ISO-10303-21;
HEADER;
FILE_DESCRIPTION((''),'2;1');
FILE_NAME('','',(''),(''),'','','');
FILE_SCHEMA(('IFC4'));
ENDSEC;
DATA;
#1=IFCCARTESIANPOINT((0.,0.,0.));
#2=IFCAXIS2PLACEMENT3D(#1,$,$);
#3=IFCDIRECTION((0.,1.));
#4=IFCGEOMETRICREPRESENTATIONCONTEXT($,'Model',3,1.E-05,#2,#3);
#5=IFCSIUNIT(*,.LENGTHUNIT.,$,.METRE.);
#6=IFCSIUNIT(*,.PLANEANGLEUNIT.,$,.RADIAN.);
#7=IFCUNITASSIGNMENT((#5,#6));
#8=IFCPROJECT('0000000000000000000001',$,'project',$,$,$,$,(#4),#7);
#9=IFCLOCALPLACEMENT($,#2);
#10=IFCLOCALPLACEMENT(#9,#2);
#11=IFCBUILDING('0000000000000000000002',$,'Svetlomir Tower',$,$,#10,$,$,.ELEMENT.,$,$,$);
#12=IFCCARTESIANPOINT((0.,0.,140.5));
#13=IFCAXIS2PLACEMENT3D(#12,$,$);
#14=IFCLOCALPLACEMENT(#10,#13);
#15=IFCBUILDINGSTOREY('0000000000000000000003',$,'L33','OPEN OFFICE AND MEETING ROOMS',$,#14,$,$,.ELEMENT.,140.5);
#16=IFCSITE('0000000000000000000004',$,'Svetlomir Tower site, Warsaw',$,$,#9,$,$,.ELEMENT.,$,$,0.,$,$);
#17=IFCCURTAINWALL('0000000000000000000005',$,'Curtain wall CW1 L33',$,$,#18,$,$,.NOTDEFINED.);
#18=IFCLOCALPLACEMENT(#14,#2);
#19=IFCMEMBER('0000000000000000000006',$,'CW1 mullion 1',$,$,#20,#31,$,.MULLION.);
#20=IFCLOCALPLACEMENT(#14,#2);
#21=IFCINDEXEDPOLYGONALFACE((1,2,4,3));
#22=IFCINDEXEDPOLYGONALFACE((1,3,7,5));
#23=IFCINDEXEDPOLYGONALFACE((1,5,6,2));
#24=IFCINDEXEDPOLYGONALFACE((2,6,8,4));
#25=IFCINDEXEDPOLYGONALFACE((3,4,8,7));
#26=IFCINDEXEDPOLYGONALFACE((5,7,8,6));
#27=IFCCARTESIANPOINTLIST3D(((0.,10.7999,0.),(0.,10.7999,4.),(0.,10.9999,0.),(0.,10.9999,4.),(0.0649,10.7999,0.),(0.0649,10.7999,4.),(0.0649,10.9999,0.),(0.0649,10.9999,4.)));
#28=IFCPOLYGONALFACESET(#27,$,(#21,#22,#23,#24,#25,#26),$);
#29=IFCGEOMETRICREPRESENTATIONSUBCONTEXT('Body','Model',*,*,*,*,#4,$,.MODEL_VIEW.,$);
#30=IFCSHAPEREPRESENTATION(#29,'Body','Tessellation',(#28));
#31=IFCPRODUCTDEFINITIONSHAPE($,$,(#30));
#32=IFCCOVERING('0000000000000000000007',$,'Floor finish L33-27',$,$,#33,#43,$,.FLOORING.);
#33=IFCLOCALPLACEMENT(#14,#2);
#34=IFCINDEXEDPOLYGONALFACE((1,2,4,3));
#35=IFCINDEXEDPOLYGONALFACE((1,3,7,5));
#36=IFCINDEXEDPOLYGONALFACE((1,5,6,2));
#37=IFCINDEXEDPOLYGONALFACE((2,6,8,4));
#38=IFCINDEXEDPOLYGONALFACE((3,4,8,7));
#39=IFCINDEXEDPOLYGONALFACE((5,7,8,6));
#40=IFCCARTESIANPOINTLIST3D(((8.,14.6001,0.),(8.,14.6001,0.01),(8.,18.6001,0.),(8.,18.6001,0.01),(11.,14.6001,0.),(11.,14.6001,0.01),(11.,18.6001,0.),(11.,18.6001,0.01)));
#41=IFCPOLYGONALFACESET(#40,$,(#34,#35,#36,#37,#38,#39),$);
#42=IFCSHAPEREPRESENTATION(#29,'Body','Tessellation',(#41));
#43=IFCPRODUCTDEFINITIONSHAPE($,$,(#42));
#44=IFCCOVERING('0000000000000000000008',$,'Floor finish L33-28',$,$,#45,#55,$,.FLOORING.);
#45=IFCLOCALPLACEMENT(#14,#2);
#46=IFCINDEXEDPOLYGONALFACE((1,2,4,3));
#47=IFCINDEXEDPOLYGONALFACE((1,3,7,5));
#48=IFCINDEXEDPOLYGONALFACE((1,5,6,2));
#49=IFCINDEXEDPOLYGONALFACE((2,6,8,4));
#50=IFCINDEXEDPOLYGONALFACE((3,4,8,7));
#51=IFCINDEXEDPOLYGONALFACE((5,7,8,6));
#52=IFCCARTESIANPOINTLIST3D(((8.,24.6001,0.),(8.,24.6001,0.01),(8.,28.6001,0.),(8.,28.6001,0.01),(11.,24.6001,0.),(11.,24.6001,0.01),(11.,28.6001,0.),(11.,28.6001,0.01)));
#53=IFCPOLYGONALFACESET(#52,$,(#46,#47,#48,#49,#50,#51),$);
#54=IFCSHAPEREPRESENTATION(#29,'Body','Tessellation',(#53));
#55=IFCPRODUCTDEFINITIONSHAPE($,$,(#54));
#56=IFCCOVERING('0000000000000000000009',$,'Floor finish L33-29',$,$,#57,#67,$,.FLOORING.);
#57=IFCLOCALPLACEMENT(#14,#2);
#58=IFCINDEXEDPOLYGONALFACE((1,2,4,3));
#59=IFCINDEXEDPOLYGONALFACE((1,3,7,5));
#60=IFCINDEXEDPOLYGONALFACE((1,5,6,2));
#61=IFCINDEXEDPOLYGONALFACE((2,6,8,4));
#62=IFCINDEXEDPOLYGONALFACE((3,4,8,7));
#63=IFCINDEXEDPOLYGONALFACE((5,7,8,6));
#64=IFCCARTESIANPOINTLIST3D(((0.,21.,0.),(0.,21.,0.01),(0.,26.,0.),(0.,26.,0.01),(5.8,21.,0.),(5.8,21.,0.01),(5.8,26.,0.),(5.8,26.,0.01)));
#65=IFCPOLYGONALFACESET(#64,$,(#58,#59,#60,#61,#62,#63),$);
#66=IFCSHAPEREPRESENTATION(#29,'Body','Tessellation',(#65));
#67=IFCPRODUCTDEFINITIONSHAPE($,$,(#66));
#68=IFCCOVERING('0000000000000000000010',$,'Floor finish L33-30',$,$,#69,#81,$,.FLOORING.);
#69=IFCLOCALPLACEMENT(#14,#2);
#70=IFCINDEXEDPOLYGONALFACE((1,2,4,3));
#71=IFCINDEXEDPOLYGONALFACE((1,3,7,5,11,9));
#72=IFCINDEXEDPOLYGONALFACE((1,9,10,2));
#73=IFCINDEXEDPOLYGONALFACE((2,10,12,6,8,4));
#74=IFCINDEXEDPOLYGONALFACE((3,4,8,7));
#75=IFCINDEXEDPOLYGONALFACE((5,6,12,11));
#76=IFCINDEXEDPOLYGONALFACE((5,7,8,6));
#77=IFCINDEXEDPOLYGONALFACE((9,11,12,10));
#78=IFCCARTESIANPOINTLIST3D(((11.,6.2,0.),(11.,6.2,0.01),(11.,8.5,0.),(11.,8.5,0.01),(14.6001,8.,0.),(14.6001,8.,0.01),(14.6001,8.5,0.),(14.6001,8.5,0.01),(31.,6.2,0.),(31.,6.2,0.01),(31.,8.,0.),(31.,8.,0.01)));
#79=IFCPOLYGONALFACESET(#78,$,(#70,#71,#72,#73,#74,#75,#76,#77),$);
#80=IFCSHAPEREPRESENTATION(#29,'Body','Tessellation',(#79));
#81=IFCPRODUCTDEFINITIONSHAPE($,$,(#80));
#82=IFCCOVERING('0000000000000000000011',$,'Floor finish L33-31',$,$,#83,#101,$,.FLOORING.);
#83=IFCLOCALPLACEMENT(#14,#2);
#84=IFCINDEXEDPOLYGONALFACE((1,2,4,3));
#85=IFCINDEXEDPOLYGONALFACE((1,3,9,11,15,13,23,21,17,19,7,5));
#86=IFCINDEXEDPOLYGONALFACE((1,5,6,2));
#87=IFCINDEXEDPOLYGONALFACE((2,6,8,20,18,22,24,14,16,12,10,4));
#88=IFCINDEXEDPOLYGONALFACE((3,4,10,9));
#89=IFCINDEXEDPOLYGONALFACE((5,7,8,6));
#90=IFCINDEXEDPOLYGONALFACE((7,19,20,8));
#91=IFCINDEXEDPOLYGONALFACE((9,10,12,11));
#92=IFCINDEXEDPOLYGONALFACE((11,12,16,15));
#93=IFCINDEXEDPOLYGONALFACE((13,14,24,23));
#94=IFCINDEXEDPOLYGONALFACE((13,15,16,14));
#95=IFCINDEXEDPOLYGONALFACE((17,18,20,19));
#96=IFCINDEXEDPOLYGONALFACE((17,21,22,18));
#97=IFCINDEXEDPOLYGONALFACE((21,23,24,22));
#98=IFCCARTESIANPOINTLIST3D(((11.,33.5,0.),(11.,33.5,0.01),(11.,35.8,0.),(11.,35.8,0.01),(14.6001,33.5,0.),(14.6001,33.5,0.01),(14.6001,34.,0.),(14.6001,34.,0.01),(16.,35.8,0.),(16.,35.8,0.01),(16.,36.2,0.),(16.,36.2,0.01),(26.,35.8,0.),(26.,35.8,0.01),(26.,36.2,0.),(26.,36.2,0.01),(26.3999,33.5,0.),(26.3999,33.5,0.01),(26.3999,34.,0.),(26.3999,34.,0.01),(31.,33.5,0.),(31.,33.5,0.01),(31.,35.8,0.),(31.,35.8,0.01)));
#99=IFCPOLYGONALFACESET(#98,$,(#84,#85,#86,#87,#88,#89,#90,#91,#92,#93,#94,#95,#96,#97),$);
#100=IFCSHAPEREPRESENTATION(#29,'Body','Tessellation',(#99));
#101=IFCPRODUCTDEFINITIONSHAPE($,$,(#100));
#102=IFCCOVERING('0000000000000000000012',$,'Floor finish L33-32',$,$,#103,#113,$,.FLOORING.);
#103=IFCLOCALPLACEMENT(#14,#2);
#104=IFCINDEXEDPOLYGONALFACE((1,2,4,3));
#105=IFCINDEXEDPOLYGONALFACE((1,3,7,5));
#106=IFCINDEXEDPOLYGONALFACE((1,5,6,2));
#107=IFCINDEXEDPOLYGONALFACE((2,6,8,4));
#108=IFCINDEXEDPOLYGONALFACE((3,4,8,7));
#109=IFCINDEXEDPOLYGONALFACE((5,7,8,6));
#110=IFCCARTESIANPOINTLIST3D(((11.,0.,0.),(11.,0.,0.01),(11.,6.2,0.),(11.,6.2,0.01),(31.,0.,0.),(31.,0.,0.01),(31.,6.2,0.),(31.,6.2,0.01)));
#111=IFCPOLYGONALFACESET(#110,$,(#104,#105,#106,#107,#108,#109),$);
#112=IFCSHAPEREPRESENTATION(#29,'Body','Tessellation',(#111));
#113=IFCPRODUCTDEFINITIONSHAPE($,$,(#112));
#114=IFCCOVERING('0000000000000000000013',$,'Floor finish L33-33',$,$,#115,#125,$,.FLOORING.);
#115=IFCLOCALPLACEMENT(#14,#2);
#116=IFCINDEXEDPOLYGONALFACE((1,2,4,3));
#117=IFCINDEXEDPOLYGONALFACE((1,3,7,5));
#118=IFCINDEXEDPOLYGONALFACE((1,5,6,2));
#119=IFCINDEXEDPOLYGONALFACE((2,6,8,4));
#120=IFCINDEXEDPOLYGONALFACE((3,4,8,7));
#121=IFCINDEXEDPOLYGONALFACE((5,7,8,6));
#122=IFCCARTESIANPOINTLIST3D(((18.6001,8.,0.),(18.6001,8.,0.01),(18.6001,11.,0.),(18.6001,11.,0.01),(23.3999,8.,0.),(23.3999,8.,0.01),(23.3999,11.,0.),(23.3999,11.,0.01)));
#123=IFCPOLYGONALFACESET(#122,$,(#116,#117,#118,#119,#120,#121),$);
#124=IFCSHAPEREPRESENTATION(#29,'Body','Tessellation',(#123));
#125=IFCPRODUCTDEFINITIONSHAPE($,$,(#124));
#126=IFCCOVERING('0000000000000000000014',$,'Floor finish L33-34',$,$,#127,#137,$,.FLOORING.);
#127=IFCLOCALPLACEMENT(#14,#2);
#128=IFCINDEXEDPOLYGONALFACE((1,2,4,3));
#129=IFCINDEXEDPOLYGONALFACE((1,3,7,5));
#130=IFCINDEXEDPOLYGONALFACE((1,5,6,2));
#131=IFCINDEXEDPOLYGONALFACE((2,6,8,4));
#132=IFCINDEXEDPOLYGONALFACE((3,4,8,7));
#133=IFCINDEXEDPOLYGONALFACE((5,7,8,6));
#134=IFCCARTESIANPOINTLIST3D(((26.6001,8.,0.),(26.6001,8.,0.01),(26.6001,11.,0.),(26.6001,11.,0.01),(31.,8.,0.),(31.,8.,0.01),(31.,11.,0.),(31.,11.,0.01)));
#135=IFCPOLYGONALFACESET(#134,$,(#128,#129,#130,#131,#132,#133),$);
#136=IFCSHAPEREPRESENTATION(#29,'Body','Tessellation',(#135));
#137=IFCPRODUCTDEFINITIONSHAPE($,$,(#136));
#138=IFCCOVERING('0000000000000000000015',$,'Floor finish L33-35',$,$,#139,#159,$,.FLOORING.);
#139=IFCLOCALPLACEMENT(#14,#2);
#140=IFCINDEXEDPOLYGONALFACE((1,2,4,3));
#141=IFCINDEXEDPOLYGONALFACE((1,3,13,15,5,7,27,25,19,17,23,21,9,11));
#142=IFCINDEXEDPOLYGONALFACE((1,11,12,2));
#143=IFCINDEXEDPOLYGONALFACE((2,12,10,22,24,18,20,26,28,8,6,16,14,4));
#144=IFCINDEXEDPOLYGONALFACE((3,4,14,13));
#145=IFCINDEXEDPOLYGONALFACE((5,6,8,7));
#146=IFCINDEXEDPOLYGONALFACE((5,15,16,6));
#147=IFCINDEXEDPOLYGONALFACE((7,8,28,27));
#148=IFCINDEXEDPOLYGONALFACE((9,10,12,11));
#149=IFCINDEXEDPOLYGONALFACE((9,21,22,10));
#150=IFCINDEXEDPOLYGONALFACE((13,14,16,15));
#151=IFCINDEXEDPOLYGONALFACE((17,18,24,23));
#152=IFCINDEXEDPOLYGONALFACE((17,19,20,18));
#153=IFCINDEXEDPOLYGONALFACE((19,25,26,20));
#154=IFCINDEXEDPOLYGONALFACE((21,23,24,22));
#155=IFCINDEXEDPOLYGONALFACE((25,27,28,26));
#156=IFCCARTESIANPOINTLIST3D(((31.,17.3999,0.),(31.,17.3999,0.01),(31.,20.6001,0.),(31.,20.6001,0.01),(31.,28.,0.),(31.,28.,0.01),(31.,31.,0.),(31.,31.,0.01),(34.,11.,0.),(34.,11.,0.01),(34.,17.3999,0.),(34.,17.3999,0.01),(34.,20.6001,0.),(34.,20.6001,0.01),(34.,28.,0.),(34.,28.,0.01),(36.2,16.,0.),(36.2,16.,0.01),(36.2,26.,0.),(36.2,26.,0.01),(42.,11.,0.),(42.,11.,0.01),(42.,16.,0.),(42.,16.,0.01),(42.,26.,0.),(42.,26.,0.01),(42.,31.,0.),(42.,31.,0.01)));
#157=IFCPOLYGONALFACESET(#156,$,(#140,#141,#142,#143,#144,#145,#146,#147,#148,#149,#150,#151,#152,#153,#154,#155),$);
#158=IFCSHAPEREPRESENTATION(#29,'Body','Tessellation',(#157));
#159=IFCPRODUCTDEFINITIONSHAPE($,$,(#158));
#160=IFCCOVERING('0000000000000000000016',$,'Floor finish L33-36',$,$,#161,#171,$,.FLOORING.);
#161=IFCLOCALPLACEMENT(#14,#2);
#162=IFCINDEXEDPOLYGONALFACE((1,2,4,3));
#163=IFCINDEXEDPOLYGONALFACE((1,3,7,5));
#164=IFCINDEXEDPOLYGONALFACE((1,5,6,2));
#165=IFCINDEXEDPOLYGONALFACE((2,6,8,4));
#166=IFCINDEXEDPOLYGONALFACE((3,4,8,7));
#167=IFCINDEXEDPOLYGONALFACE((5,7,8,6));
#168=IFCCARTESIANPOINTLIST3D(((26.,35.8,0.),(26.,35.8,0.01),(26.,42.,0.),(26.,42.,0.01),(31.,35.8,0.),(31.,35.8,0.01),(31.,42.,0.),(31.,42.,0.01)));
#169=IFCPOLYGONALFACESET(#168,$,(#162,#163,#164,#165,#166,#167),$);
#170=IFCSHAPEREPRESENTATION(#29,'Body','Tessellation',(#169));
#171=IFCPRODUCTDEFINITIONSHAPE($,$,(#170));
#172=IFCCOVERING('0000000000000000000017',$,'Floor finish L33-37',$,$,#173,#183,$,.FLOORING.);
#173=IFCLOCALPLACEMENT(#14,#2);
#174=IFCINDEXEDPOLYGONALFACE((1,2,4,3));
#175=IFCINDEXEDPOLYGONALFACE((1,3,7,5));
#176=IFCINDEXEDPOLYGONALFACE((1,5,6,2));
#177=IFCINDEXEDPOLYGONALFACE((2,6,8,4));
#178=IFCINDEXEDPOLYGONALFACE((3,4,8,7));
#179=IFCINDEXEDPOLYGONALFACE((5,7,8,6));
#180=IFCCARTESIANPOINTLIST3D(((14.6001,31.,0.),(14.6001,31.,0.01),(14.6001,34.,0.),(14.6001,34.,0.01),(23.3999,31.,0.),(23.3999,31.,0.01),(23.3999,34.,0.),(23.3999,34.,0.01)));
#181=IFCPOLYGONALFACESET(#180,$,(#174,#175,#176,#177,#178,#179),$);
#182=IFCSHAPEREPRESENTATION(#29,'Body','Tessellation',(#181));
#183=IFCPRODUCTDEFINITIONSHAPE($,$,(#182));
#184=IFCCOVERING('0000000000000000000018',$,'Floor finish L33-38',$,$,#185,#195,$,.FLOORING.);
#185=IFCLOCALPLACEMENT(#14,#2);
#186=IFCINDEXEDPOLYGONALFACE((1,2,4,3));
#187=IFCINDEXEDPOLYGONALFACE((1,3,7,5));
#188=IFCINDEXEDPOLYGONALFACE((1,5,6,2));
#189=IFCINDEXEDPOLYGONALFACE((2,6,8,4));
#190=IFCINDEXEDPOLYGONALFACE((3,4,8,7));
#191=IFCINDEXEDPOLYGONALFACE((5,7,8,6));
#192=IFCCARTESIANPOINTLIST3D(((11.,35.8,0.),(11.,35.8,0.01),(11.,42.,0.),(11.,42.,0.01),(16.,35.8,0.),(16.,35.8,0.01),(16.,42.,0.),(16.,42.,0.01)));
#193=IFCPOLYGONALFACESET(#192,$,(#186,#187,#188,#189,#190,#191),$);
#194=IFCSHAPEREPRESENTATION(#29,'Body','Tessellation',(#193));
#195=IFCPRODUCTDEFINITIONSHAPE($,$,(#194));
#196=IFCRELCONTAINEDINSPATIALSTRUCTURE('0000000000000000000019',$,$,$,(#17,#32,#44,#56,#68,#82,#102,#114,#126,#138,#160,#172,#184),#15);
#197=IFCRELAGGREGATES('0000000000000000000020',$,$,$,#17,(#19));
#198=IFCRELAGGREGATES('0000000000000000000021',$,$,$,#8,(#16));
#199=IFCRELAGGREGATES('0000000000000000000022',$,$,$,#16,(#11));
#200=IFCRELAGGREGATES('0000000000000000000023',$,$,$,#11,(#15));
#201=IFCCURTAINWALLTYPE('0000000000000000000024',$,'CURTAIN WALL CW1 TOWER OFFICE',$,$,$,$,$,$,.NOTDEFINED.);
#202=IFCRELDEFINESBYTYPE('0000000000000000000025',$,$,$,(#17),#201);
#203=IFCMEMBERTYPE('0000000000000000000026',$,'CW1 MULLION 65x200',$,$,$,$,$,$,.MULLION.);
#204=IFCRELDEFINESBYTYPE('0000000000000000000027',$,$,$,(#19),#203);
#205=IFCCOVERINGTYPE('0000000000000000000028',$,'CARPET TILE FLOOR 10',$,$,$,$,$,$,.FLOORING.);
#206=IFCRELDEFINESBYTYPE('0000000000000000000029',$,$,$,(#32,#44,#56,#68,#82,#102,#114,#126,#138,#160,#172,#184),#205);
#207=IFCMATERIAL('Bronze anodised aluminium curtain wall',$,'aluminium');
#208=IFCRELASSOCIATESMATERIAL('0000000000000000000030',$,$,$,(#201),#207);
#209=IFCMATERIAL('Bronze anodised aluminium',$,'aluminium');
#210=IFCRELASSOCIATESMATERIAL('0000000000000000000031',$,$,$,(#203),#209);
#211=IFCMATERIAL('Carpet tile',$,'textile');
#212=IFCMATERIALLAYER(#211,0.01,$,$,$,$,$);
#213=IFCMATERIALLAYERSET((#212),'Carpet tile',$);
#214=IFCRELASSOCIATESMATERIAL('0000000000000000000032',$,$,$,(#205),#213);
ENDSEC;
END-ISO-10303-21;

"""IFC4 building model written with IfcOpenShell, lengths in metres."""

from ifc_helpers import new_model, si_unit, direction, frame, origin, origin_2d, place, context, subcontext, project, spatial, polyline, rectangle, outline, extrude, material, layer, layer_set, material_profile, profile_set, type_object, element, aggregate, save


model = new_model("IFC4")

# Units and contexts
model_context = context("Model", 3, precision=1e-05, world=origin(), true_north=direction((0.0, 1.0)))
body_context = subcontext(model_context, "Body", "Model", "MODEL_VIEW")
ifc_project = project(units=[si_unit("LENGTHUNIT", "METRE"), si_unit("PLANEANGLEUNIT", "RADIAN")], contexts=[model_context])

# Site, building, storey
site_placement = place(None, origin())
site = spatial("IfcSite", under=ifc_project, at=site_placement, Name="Svetlomir Tower site, Warsaw", CompositionType="ELEMENT", RefElevation=0.0)
building_placement = place(site_placement, origin())
building = spatial("IfcBuilding", under=site, at=building_placement, Name="Svetlomir Tower", CompositionType="ELEMENT")
storey_placement = place(building_placement, frame((0.0, 0.0, 140.5)))
storey = spatial("IfcBuildingStorey", under=building, at=storey_placement, Name="L33", Description="OPEN OFFICE AND MEETING ROOMS", CompositionType="ELEMENT", Elevation=140.5)

# Curtain wall, member
ifc_material_1 = material(Name="Bronze anodised aluminium curtain wall", Category="aluminium")
curtain_wall_type = type_object("IfcCurtainWallType", Name="CURTAIN WALL CW1 TOWER OFFICE", PredefinedType="NOTDEFINED", material=ifc_material_1)
curtain_wall_placement = place(storey_placement, origin())
curtain_wall = element("IfcCurtainWall", 1, at=curtain_wall_placement, inside=storey, type_object=curtain_wall_type, Name="Curtain wall CW1 L33", PredefinedType="NOTDEFINED")
ifc_material_2 = material(Name="Bronze anodised aluminium", Category="aluminium")
ifc_material_profile = material_profile(ifc_material_2, rectangle(XDim=0.0649, YDim=0.2, at=origin_2d()), Name="AL 65x200")
ifc_profile_set = profile_set([ifc_material_profile], Name="Bronze anodised aluminium 6063-T6")
member_type = type_object("IfcMemberType", Name="CW1 MULLION 65x200", PredefinedType="MULLION", material=ifc_profile_set)
member_placement = place(storey_placement, frame((0.0325, 10.8999, 0.0), z_axis=(0.0, 0.0, 1.0), x_axis=(1.0, 0.0, 0.0)))
member = element("IfcMember", 2, at=member_placement, type_object=member_type, Name="CW1 mullion 1", PredefinedType="MULLION", context=body_context, shape_type="SweptSolid", body=[
    extrude(rectangle(XDim=0.0649, YDim=0.2, at=origin_2d()), origin(), (0.0, 0.0, 1.0), 4.0),
])
aggregate(curtain_wall, [member])

# Coverings
ifc_material_3 = material(Name="Carpet tile", Category="textile")
ifc_layer_1 = layer(ifc_material_3, 0.01)
ifc_layer_set_1 = layer_set([ifc_layer_1], Name="Carpet tile")
covering_type_1 = type_object("IfcCoveringType", Name="CARPET TILE FLOOR 10", PredefinedType="FLOORING", material=ifc_layer_set_1)
covering_1_placement = place(storey_placement, origin())
element("IfcCovering", 3, at=covering_1_placement, inside=storey, type_object=covering_type_1, Name="Floor finish L33-27", PredefinedType="FLOORING", context=body_context, shape_type="SweptSolid", body=[
    extrude(outline(polyline([(8.0, 14.6001), (11.0, 14.6001), (11.0, 18.6001), (8.0, 18.6001), (8.0, 14.6001)])), origin(), (0.0, 0.0, 1.0), 0.01),
])
covering_2_placement = place(storey_placement, origin())
element("IfcCovering", 4, at=covering_2_placement, inside=storey, type_object=covering_type_1, Name="Floor finish L33-28", PredefinedType="FLOORING", context=body_context, shape_type="SweptSolid", body=[
    extrude(outline(polyline([(8.0, 24.6001), (11.0, 24.6001), (11.0, 28.6001), (8.0, 28.6001), (8.0, 24.6001)])), origin(), (0.0, 0.0, 1.0), 0.01),
])
covering_3_placement = place(storey_placement, origin())
element("IfcCovering", 5, at=covering_3_placement, inside=storey, type_object=covering_type_1, Name="Floor finish L33-29", PredefinedType="FLOORING", context=body_context, shape_type="SweptSolid", body=[
    extrude(outline(polyline([(0.0, 21.0), (5.8, 21.0), (5.8, 26.0), (0.0, 26.0), (0.0, 21.0)])), origin(), (0.0, 0.0, 1.0), 0.01),
])
covering_4_placement = place(storey_placement, origin())
element("IfcCovering", 6, at=covering_4_placement, inside=storey, type_object=covering_type_1, Name="Floor finish L33-30", PredefinedType="FLOORING", context=body_context, shape_type="SweptSolid", body=[
    extrude(outline(polyline([(31.0, 8.0), (31.0, 6.2), (11.0, 6.2), (11.0, 8.5), (14.6001, 8.5), (14.6001, 8.0), (31.0, 8.0)])), origin(), (0.0, 0.0, 1.0), 0.01),
])
covering_5_placement = place(storey_placement, origin())
element("IfcCovering", 7, at=covering_5_placement, inside=storey, type_object=covering_type_1, Name="Floor finish L33-31", PredefinedType="FLOORING", context=body_context, shape_type="SweptSolid", body=[
    extrude(outline(polyline([(14.6001, 33.5), (11.0, 33.5), (11.0, 35.8), (16.0, 35.8), (16.0, 36.2), (26.0, 36.2), (26.0, 35.8), (31.0, 35.8), (31.0, 33.5), (26.3999, 33.5), (26.3999, 34.0), (14.6001, 34.0), (14.6001, 33.5)])), origin(), (0.0, 0.0, 1.0), 0.01),
])
covering_6_placement = place(storey_placement, origin())
element("IfcCovering", 8, at=covering_6_placement, inside=storey, type_object=covering_type_1, Name="Floor finish L33-32", PredefinedType="FLOORING", context=body_context, shape_type="SweptSolid", body=[
    extrude(outline(polyline([(11.0, 6.2), (31.0, 6.2), (31.0, 0.0), (11.0, 0.0), (11.0, 6.2)])), origin(), (0.0, 0.0, 1.0), 0.01),
])
covering_7_placement = place(storey_placement, origin())
element("IfcCovering", 9, at=covering_7_placement, inside=storey, type_object=covering_type_1, Name="Floor finish L33-33", PredefinedType="FLOORING", context=body_context, shape_type="SweptSolid", body=[
    extrude(outline(polyline([(23.3999, 11.0), (23.3999, 8.0), (18.6001, 8.0), (18.6001, 11.0), (23.3999, 11.0)])), origin(), (0.0, 0.0, 1.0), 0.01),
])
covering_8_placement = place(storey_placement, origin())
element("IfcCovering", 10, at=covering_8_placement, inside=storey, type_object=covering_type_1, Name="Floor finish L33-34", PredefinedType="FLOORING", context=body_context, shape_type="SweptSolid", body=[
    extrude(outline(polyline([(31.0, 11.0), (31.0, 8.0), (26.6001, 8.0), (26.6001, 11.0), (31.0, 11.0)])), origin(), (0.0, 0.0, 1.0), 0.01),
])
covering_9_placement = place(storey_placement, origin())
element("IfcCovering", 11, at=covering_9_placement, inside=storey, type_object=covering_type_1, Name="Floor finish L33-35", PredefinedType="FLOORING", context=body_context, shape_type="SweptSolid", body=[
    extrude(outline(polyline([(34.0, 17.3999), (31.0, 17.3999), (31.0, 20.6001), (34.0, 20.6001), (34.0, 28.0), (31.0, 28.0), (31.0, 31.0), (42.0, 31.0), (42.0, 26.0), (36.2, 26.0), (36.2, 16.0), (42.0, 16.0), (42.0, 11.0), (34.0, 11.0), (34.0, 17.3999)])), origin(), (0.0, 0.0, 1.0), 0.01),
])
covering_10_placement = place(storey_placement, origin())
element("IfcCovering", 12, at=covering_10_placement, inside=storey, type_object=covering_type_1, Name="Floor finish L33-36", PredefinedType="FLOORING", context=body_context, shape_type="SweptSolid", body=[
    extrude(outline(polyline([(26.0, 35.8), (26.0, 42.0), (31.0, 42.0), (31.0, 35.8), (26.0, 35.8)])), origin(), (0.0, 0.0, 1.0), 0.01),
])
covering_11_placement = place(storey_placement, origin())
element("IfcCovering", 13, at=covering_11_placement, inside=storey, type_object=covering_type_1, Name="Floor finish L33-37", PredefinedType="FLOORING", context=body_context, shape_type="SweptSolid", body=[
    extrude(outline(polyline([(14.6001, 31.0), (14.6001, 34.0), (23.3999, 34.0), (23.3999, 31.0), (14.6001, 31.0)])), origin(), (0.0, 0.0, 1.0), 0.01),
])
covering_12_placement = place(storey_placement, origin())
element("IfcCovering", 14, at=covering_12_placement, inside=storey, type_object=covering_type_1, Name="Floor finish L33-38", PredefinedType="FLOORING", context=body_context, shape_type="SweptSolid", body=[
    extrude(outline(polyline([(16.0, 42.0), (16.0, 35.8), (11.0, 35.8), (11.0, 42.0), (16.0, 42.0)])), origin(), (0.0, 0.0, 1.0), 0.01),
])

save(model, "model.ifc")
